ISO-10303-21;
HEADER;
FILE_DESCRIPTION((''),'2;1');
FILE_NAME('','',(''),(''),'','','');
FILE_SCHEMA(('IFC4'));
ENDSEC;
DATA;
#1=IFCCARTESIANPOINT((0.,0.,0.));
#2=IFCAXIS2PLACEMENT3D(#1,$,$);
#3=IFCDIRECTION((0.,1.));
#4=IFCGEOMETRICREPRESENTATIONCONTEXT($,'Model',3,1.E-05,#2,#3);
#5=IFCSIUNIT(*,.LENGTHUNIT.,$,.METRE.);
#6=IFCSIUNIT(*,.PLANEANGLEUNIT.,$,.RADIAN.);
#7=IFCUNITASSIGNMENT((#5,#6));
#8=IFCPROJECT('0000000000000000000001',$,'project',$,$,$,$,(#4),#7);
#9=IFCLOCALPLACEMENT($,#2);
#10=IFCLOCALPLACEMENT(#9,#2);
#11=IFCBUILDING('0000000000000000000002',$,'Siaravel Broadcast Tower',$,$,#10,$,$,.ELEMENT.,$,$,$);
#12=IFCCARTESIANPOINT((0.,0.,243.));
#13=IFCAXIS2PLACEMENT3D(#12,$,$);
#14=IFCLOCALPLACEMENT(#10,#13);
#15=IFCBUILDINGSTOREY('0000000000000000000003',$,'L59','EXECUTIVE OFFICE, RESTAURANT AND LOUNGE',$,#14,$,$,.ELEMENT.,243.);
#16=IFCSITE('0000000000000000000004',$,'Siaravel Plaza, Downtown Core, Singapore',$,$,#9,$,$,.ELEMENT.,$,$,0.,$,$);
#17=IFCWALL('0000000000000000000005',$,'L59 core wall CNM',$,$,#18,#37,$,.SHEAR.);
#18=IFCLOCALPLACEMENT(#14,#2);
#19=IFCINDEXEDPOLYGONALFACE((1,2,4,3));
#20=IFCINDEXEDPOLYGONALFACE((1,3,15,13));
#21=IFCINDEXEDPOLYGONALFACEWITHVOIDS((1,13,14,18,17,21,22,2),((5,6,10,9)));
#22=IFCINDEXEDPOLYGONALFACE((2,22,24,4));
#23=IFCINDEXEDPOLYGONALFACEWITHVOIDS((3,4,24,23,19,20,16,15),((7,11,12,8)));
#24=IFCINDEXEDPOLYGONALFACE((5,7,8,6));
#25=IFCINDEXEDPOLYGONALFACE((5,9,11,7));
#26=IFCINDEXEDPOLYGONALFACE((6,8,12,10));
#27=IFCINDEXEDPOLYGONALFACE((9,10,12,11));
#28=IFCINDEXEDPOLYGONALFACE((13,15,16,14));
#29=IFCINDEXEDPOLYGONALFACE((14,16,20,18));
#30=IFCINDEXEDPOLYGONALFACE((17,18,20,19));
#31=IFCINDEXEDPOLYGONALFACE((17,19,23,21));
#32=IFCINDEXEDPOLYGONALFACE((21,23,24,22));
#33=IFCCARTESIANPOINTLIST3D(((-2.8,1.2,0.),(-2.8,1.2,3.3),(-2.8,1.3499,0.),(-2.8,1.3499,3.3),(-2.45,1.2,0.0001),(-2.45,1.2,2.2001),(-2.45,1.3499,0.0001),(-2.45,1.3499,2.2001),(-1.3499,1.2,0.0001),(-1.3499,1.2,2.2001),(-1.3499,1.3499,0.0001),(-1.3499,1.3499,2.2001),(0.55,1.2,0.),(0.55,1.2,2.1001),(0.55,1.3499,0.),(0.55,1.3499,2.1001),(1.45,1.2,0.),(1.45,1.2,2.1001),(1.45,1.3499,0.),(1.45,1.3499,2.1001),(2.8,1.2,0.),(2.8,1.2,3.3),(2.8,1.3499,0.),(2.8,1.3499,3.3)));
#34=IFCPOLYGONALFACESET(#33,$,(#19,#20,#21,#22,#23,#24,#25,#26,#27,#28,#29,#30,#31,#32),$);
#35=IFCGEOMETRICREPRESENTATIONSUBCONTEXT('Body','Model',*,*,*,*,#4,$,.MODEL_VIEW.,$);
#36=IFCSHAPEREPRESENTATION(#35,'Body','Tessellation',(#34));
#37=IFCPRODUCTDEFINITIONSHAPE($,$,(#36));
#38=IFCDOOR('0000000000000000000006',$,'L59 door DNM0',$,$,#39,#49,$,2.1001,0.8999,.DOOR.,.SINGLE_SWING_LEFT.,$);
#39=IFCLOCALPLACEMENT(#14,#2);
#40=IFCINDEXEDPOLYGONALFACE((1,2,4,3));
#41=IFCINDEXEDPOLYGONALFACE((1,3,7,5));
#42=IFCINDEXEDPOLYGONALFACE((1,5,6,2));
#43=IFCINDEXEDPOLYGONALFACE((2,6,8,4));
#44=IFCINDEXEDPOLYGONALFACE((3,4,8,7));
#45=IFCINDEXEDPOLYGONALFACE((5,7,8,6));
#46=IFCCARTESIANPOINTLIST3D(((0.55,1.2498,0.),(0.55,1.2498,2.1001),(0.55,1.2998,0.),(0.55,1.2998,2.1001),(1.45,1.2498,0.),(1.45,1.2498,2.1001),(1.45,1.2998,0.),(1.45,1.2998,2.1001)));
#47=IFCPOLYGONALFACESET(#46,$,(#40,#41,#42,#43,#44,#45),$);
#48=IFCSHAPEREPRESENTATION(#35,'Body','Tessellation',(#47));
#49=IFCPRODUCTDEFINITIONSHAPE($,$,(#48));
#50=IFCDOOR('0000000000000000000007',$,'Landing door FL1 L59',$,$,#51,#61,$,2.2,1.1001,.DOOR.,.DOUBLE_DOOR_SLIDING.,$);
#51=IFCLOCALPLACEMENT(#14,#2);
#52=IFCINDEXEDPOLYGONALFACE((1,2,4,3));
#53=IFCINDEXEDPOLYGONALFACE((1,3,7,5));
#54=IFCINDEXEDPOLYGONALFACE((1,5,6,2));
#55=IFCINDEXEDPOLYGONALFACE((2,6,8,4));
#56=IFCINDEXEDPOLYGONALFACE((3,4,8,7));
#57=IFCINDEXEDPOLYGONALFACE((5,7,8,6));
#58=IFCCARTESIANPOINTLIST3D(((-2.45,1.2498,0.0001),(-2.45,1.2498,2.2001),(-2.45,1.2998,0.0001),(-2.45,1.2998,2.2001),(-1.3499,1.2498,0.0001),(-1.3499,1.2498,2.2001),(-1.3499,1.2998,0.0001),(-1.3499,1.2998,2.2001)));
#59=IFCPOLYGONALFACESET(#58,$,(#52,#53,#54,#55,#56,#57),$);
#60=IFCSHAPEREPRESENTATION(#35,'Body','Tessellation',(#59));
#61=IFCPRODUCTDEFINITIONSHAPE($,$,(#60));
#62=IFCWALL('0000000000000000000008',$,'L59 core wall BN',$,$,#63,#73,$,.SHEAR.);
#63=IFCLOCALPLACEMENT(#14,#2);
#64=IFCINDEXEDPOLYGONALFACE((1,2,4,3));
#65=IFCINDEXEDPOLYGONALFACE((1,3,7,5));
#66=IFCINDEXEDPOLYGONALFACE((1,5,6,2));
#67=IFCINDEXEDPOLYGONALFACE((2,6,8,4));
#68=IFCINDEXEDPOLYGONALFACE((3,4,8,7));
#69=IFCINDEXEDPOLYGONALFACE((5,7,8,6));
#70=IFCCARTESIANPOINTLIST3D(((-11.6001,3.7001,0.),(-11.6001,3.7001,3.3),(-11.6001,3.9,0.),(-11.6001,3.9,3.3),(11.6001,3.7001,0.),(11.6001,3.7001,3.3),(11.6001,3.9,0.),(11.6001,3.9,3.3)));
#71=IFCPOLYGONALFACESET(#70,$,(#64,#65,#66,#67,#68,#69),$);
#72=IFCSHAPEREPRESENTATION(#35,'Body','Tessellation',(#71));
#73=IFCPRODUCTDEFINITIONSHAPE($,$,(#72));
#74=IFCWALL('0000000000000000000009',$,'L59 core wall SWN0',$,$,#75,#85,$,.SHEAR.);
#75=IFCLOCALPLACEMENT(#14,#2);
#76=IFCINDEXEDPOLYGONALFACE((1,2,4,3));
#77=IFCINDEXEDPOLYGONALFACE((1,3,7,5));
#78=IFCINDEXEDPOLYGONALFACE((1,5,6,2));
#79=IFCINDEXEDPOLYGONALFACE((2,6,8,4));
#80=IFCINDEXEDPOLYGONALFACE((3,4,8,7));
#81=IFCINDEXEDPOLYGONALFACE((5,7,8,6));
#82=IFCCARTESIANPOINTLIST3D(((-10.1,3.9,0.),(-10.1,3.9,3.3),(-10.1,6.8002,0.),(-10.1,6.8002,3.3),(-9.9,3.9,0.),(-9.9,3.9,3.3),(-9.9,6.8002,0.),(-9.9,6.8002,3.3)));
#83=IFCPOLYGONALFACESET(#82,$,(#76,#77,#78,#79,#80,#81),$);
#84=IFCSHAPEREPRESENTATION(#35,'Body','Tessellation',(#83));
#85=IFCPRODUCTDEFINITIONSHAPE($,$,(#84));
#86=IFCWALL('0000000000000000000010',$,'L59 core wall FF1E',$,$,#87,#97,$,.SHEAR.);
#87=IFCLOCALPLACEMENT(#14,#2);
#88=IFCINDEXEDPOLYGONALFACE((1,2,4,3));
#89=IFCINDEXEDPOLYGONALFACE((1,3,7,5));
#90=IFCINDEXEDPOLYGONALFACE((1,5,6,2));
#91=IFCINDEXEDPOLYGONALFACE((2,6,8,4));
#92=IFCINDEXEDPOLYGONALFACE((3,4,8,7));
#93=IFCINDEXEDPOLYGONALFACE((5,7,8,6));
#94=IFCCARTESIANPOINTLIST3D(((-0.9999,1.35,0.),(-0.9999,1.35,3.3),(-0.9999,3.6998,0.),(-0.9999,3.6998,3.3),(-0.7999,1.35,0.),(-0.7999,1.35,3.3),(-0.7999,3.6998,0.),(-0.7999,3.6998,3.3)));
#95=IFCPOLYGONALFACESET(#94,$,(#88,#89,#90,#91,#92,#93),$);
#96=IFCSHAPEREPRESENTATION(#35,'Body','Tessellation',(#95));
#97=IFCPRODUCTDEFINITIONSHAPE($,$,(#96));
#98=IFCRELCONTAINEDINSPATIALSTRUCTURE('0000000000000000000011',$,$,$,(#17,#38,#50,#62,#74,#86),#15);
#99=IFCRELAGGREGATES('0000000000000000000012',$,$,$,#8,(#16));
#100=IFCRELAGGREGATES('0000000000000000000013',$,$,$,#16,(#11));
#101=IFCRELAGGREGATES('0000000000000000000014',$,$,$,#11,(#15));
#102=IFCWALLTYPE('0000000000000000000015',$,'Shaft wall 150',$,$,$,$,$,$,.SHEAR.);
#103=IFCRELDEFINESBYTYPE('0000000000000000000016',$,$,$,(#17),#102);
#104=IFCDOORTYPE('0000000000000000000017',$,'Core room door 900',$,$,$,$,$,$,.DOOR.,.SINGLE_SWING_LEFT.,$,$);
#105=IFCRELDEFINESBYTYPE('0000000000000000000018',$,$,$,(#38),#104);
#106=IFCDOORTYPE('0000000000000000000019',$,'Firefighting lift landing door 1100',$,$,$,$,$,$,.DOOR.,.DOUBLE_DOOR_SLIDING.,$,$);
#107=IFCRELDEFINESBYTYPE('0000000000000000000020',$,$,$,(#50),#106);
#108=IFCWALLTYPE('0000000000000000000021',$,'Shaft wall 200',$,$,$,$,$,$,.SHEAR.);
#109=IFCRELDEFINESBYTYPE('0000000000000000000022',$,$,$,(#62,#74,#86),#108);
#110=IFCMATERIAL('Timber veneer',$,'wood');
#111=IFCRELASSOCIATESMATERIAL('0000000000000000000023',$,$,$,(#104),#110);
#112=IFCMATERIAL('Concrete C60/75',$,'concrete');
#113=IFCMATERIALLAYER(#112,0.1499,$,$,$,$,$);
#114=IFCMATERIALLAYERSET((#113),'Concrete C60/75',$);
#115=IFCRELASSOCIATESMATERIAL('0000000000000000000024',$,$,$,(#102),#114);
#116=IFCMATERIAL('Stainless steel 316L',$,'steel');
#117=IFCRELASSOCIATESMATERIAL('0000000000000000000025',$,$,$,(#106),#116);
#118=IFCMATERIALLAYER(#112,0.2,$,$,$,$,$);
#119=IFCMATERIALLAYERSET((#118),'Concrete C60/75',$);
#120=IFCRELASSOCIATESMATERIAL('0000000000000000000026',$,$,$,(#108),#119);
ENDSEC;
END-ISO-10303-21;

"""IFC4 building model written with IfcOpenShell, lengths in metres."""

from ifc_helpers import new_model, si_unit, direction, frame, frame_2d, origin, place, context, subcontext, project, spatial, rectangle, extrude, material, layer, layer_set, type_object, element, fill, save


model = new_model("IFC4")

# Units and contexts
model_context = context("Model", 3, precision=1e-05, world=origin(), true_north=direction((0.0, 1.0)))
body_context = subcontext(model_context, "Body", "Model", "MODEL_VIEW")
ifc_project = project(units=[si_unit("LENGTHUNIT", "METRE"), si_unit("PLANEANGLEUNIT", "RADIAN")], contexts=[model_context])

# Site, building, storey
site_placement = place(None, origin())
site = spatial("IfcSite", under=ifc_project, at=site_placement, Name="Siaravel Plaza, Downtown Core, Singapore", CompositionType="ELEMENT", RefElevation=0.0)
building_placement = place(site_placement, origin())
building = spatial("IfcBuilding", under=site, at=building_placement, Name="Siaravel Broadcast Tower", CompositionType="ELEMENT")
storey_placement = place(building_placement, frame((0.0, 0.0, 243.0)))
storey = spatial("IfcBuildingStorey", under=building, at=storey_placement, Name="L59", Description="EXECUTIVE OFFICE, RESTAURANT AND LOUNGE", CompositionType="ELEMENT", Elevation=243.0)

# Wall, openings, doors
ifc_material_1 = material(Name="Timber veneer", Category="wood")
door_type_1 = type_object("IfcDoorType", Name="Core room door 900", OperationType="SINGLE_SWING_LEFT", PredefinedType="DOOR", material=ifc_material_1)
ifc_material_2 = material(Name="Concrete C60/75", Category="concrete")
ifc_layer_1 = layer(ifc_material_2, 0.1499)
ifc_layer_set_1 = layer_set([ifc_layer_1], Name="Concrete C60/75")
wall_type_1 = type_object("IfcWallType", Name="Shaft wall 150", PredefinedType="SHEAR", material=ifc_layer_set_1)
wall_1_placement = place(storey_placement, frame((-2.8, 1.2749, 0.0), z_axis=(0.0, 0.0, 1.0), x_axis=(1.0, 0.0, 0.0)))
wall_1 = element("IfcWall", 1, at=wall_1_placement, inside=storey, type_object=wall_type_1, Name="L59 core wall CNM", PredefinedType="SHEAR", context=body_context, shape_type="SweptSolid", body=[
    extrude(rectangle(XDim=5.6001, YDim=0.1499, at=frame_2d((2.8, 0.0))), origin(), (0.0, 0.0, 1.0), 3.3),
])
opening_1_placement = place(wall_1_placement, frame((0.3501, 0.0, 0.0)))
opening_1 = element("IfcOpeningElement", 2, at=opening_1_placement, cuts=wall_1, PredefinedType="OPENING", context=body_context, shape_type="SweptSolid", body=[
    extrude(rectangle(XDim=1.1001, YDim=2.2, at=frame_2d((0.55, 1.1001))), frame((0.0, 0.085, 0.0), z_axis=(0.0, -1.0, 0.0), x_axis=(1.0, 0.0, 0.0)), (0.0, 0.0, 1.0), 0.1699),
])
opening_2_placement = place(wall_1_placement, frame((3.3501, 0.0, 0.0)))
opening_2 = element("IfcOpeningElement", 3, at=opening_2_placement, cuts=wall_1, PredefinedType="OPENING", context=body_context, shape_type="SweptSolid", body=[
    extrude(rectangle(XDim=0.8999, YDim=2.1001, at=frame_2d((0.45, 1.05))), frame((0.0, 0.085, 0.0), z_axis=(0.0, -1.0, 0.0), x_axis=(1.0, 0.0, 0.0)), (0.0, 0.0, 1.0), 0.1699),
])
door_1_placement = place(opening_2_placement, origin())
door_1 = element("IfcDoor", 4, at=door_1_placement, inside=storey, type_object=door_type_1, Name="L59 door DNM0", OperationType="SINGLE_SWING_LEFT", OverallHeight=2.1001, OverallWidth=0.8999, PredefinedType="DOOR", context=body_context, shape_type="SweptSolid", body=[
    extrude(rectangle(XDim=0.8999, YDim=2.1001, at=frame_2d((0.45, 1.05))), frame((0.0, 0.0249, 0.0), z_axis=(0.0, -1.0, 0.0), x_axis=(1.0, 0.0, 0.0)), (0.0, 0.0, 1.0), 0.05),
])
fill(opening_2, door_1)
ifc_material_3 = material(Name="Stainless steel 316L", Category="steel")
door_type_2 = type_object("IfcDoorType", Name="Firefighting lift landing door 1100", OperationType="DOUBLE_DOOR_SLIDING", PredefinedType="DOOR", material=ifc_material_3)
door_2_placement = place(opening_1_placement, origin())
door_2 = element("IfcDoor", 5, at=door_2_placement, inside=storey, type_object=door_type_2, Name="Landing door FL1 L59", OperationType="DOUBLE_DOOR_SLIDING", OverallHeight=2.2, OverallWidth=1.1001, PredefinedType="DOOR", context=body_context, shape_type="SweptSolid", body=[
    extrude(rectangle(XDim=1.1001, YDim=2.2, at=frame_2d((0.55, 1.1001))), frame((0.0, 0.0249, 0.0), z_axis=(0.0, -1.0, 0.0), x_axis=(1.0, 0.0, 0.0)), (0.0, 0.0, 1.0), 0.05),
])
fill(opening_1, door_2)

# Walls
ifc_layer_2 = layer(ifc_material_2, 0.2)
ifc_layer_set_2 = layer_set([ifc_layer_2], Name="Concrete C60/75")
wall_type_2 = type_object("IfcWallType", Name="Shaft wall 200", PredefinedType="SHEAR", material=ifc_layer_set_2)
wall_2_placement = place(storey_placement, frame((-11.6001, 3.8, 0.0), z_axis=(0.0, 0.0, 1.0), x_axis=(1.0, 0.0, 0.0)))
element("IfcWall", 6, at=wall_2_placement, inside=storey, type_object=wall_type_2, Name="L59 core wall BN", PredefinedType="SHEAR", context=body_context, shape_type="SweptSolid", body=[
    extrude(rectangle(XDim=23.2002, YDim=0.2, at=frame_2d((11.6001, 0.0))), origin(), (0.0, 0.0, 1.0), 3.3),
])
wall_3_placement = place(storey_placement, frame((-10.0, 3.8999, 0.0), z_axis=(0.0, 0.0, 1.0), x_axis=(0.0, 1.0, 0.0)))
element("IfcWall", 7, at=wall_3_placement, inside=storey, type_object=wall_type_2, Name="L59 core wall SWN0", PredefinedType="SHEAR", context=body_context, shape_type="SweptSolid", body=[
    extrude(rectangle(XDim=2.9001, YDim=0.2, at=frame_2d((1.4502, 0.0))), origin(), (0.0, 0.0, 1.0), 3.3),
])
wall_4_placement = place(storey_placement, frame((-0.8999, 1.3501, 0.0), z_axis=(0.0, 0.0, 1.0), x_axis=(0.0, 1.0, 0.0)))
element("IfcWall", 8, at=wall_4_placement, inside=storey, type_object=wall_type_2, Name="L59 core wall FF1E", PredefinedType="SHEAR", context=body_context, shape_type="SweptSolid", body=[
    extrude(rectangle(XDim=2.3499, YDim=0.2, at=frame_2d((1.1748, 0.0))), origin(), (0.0, 0.0, 1.0), 3.3),
])

save(model, "model.ifc")
